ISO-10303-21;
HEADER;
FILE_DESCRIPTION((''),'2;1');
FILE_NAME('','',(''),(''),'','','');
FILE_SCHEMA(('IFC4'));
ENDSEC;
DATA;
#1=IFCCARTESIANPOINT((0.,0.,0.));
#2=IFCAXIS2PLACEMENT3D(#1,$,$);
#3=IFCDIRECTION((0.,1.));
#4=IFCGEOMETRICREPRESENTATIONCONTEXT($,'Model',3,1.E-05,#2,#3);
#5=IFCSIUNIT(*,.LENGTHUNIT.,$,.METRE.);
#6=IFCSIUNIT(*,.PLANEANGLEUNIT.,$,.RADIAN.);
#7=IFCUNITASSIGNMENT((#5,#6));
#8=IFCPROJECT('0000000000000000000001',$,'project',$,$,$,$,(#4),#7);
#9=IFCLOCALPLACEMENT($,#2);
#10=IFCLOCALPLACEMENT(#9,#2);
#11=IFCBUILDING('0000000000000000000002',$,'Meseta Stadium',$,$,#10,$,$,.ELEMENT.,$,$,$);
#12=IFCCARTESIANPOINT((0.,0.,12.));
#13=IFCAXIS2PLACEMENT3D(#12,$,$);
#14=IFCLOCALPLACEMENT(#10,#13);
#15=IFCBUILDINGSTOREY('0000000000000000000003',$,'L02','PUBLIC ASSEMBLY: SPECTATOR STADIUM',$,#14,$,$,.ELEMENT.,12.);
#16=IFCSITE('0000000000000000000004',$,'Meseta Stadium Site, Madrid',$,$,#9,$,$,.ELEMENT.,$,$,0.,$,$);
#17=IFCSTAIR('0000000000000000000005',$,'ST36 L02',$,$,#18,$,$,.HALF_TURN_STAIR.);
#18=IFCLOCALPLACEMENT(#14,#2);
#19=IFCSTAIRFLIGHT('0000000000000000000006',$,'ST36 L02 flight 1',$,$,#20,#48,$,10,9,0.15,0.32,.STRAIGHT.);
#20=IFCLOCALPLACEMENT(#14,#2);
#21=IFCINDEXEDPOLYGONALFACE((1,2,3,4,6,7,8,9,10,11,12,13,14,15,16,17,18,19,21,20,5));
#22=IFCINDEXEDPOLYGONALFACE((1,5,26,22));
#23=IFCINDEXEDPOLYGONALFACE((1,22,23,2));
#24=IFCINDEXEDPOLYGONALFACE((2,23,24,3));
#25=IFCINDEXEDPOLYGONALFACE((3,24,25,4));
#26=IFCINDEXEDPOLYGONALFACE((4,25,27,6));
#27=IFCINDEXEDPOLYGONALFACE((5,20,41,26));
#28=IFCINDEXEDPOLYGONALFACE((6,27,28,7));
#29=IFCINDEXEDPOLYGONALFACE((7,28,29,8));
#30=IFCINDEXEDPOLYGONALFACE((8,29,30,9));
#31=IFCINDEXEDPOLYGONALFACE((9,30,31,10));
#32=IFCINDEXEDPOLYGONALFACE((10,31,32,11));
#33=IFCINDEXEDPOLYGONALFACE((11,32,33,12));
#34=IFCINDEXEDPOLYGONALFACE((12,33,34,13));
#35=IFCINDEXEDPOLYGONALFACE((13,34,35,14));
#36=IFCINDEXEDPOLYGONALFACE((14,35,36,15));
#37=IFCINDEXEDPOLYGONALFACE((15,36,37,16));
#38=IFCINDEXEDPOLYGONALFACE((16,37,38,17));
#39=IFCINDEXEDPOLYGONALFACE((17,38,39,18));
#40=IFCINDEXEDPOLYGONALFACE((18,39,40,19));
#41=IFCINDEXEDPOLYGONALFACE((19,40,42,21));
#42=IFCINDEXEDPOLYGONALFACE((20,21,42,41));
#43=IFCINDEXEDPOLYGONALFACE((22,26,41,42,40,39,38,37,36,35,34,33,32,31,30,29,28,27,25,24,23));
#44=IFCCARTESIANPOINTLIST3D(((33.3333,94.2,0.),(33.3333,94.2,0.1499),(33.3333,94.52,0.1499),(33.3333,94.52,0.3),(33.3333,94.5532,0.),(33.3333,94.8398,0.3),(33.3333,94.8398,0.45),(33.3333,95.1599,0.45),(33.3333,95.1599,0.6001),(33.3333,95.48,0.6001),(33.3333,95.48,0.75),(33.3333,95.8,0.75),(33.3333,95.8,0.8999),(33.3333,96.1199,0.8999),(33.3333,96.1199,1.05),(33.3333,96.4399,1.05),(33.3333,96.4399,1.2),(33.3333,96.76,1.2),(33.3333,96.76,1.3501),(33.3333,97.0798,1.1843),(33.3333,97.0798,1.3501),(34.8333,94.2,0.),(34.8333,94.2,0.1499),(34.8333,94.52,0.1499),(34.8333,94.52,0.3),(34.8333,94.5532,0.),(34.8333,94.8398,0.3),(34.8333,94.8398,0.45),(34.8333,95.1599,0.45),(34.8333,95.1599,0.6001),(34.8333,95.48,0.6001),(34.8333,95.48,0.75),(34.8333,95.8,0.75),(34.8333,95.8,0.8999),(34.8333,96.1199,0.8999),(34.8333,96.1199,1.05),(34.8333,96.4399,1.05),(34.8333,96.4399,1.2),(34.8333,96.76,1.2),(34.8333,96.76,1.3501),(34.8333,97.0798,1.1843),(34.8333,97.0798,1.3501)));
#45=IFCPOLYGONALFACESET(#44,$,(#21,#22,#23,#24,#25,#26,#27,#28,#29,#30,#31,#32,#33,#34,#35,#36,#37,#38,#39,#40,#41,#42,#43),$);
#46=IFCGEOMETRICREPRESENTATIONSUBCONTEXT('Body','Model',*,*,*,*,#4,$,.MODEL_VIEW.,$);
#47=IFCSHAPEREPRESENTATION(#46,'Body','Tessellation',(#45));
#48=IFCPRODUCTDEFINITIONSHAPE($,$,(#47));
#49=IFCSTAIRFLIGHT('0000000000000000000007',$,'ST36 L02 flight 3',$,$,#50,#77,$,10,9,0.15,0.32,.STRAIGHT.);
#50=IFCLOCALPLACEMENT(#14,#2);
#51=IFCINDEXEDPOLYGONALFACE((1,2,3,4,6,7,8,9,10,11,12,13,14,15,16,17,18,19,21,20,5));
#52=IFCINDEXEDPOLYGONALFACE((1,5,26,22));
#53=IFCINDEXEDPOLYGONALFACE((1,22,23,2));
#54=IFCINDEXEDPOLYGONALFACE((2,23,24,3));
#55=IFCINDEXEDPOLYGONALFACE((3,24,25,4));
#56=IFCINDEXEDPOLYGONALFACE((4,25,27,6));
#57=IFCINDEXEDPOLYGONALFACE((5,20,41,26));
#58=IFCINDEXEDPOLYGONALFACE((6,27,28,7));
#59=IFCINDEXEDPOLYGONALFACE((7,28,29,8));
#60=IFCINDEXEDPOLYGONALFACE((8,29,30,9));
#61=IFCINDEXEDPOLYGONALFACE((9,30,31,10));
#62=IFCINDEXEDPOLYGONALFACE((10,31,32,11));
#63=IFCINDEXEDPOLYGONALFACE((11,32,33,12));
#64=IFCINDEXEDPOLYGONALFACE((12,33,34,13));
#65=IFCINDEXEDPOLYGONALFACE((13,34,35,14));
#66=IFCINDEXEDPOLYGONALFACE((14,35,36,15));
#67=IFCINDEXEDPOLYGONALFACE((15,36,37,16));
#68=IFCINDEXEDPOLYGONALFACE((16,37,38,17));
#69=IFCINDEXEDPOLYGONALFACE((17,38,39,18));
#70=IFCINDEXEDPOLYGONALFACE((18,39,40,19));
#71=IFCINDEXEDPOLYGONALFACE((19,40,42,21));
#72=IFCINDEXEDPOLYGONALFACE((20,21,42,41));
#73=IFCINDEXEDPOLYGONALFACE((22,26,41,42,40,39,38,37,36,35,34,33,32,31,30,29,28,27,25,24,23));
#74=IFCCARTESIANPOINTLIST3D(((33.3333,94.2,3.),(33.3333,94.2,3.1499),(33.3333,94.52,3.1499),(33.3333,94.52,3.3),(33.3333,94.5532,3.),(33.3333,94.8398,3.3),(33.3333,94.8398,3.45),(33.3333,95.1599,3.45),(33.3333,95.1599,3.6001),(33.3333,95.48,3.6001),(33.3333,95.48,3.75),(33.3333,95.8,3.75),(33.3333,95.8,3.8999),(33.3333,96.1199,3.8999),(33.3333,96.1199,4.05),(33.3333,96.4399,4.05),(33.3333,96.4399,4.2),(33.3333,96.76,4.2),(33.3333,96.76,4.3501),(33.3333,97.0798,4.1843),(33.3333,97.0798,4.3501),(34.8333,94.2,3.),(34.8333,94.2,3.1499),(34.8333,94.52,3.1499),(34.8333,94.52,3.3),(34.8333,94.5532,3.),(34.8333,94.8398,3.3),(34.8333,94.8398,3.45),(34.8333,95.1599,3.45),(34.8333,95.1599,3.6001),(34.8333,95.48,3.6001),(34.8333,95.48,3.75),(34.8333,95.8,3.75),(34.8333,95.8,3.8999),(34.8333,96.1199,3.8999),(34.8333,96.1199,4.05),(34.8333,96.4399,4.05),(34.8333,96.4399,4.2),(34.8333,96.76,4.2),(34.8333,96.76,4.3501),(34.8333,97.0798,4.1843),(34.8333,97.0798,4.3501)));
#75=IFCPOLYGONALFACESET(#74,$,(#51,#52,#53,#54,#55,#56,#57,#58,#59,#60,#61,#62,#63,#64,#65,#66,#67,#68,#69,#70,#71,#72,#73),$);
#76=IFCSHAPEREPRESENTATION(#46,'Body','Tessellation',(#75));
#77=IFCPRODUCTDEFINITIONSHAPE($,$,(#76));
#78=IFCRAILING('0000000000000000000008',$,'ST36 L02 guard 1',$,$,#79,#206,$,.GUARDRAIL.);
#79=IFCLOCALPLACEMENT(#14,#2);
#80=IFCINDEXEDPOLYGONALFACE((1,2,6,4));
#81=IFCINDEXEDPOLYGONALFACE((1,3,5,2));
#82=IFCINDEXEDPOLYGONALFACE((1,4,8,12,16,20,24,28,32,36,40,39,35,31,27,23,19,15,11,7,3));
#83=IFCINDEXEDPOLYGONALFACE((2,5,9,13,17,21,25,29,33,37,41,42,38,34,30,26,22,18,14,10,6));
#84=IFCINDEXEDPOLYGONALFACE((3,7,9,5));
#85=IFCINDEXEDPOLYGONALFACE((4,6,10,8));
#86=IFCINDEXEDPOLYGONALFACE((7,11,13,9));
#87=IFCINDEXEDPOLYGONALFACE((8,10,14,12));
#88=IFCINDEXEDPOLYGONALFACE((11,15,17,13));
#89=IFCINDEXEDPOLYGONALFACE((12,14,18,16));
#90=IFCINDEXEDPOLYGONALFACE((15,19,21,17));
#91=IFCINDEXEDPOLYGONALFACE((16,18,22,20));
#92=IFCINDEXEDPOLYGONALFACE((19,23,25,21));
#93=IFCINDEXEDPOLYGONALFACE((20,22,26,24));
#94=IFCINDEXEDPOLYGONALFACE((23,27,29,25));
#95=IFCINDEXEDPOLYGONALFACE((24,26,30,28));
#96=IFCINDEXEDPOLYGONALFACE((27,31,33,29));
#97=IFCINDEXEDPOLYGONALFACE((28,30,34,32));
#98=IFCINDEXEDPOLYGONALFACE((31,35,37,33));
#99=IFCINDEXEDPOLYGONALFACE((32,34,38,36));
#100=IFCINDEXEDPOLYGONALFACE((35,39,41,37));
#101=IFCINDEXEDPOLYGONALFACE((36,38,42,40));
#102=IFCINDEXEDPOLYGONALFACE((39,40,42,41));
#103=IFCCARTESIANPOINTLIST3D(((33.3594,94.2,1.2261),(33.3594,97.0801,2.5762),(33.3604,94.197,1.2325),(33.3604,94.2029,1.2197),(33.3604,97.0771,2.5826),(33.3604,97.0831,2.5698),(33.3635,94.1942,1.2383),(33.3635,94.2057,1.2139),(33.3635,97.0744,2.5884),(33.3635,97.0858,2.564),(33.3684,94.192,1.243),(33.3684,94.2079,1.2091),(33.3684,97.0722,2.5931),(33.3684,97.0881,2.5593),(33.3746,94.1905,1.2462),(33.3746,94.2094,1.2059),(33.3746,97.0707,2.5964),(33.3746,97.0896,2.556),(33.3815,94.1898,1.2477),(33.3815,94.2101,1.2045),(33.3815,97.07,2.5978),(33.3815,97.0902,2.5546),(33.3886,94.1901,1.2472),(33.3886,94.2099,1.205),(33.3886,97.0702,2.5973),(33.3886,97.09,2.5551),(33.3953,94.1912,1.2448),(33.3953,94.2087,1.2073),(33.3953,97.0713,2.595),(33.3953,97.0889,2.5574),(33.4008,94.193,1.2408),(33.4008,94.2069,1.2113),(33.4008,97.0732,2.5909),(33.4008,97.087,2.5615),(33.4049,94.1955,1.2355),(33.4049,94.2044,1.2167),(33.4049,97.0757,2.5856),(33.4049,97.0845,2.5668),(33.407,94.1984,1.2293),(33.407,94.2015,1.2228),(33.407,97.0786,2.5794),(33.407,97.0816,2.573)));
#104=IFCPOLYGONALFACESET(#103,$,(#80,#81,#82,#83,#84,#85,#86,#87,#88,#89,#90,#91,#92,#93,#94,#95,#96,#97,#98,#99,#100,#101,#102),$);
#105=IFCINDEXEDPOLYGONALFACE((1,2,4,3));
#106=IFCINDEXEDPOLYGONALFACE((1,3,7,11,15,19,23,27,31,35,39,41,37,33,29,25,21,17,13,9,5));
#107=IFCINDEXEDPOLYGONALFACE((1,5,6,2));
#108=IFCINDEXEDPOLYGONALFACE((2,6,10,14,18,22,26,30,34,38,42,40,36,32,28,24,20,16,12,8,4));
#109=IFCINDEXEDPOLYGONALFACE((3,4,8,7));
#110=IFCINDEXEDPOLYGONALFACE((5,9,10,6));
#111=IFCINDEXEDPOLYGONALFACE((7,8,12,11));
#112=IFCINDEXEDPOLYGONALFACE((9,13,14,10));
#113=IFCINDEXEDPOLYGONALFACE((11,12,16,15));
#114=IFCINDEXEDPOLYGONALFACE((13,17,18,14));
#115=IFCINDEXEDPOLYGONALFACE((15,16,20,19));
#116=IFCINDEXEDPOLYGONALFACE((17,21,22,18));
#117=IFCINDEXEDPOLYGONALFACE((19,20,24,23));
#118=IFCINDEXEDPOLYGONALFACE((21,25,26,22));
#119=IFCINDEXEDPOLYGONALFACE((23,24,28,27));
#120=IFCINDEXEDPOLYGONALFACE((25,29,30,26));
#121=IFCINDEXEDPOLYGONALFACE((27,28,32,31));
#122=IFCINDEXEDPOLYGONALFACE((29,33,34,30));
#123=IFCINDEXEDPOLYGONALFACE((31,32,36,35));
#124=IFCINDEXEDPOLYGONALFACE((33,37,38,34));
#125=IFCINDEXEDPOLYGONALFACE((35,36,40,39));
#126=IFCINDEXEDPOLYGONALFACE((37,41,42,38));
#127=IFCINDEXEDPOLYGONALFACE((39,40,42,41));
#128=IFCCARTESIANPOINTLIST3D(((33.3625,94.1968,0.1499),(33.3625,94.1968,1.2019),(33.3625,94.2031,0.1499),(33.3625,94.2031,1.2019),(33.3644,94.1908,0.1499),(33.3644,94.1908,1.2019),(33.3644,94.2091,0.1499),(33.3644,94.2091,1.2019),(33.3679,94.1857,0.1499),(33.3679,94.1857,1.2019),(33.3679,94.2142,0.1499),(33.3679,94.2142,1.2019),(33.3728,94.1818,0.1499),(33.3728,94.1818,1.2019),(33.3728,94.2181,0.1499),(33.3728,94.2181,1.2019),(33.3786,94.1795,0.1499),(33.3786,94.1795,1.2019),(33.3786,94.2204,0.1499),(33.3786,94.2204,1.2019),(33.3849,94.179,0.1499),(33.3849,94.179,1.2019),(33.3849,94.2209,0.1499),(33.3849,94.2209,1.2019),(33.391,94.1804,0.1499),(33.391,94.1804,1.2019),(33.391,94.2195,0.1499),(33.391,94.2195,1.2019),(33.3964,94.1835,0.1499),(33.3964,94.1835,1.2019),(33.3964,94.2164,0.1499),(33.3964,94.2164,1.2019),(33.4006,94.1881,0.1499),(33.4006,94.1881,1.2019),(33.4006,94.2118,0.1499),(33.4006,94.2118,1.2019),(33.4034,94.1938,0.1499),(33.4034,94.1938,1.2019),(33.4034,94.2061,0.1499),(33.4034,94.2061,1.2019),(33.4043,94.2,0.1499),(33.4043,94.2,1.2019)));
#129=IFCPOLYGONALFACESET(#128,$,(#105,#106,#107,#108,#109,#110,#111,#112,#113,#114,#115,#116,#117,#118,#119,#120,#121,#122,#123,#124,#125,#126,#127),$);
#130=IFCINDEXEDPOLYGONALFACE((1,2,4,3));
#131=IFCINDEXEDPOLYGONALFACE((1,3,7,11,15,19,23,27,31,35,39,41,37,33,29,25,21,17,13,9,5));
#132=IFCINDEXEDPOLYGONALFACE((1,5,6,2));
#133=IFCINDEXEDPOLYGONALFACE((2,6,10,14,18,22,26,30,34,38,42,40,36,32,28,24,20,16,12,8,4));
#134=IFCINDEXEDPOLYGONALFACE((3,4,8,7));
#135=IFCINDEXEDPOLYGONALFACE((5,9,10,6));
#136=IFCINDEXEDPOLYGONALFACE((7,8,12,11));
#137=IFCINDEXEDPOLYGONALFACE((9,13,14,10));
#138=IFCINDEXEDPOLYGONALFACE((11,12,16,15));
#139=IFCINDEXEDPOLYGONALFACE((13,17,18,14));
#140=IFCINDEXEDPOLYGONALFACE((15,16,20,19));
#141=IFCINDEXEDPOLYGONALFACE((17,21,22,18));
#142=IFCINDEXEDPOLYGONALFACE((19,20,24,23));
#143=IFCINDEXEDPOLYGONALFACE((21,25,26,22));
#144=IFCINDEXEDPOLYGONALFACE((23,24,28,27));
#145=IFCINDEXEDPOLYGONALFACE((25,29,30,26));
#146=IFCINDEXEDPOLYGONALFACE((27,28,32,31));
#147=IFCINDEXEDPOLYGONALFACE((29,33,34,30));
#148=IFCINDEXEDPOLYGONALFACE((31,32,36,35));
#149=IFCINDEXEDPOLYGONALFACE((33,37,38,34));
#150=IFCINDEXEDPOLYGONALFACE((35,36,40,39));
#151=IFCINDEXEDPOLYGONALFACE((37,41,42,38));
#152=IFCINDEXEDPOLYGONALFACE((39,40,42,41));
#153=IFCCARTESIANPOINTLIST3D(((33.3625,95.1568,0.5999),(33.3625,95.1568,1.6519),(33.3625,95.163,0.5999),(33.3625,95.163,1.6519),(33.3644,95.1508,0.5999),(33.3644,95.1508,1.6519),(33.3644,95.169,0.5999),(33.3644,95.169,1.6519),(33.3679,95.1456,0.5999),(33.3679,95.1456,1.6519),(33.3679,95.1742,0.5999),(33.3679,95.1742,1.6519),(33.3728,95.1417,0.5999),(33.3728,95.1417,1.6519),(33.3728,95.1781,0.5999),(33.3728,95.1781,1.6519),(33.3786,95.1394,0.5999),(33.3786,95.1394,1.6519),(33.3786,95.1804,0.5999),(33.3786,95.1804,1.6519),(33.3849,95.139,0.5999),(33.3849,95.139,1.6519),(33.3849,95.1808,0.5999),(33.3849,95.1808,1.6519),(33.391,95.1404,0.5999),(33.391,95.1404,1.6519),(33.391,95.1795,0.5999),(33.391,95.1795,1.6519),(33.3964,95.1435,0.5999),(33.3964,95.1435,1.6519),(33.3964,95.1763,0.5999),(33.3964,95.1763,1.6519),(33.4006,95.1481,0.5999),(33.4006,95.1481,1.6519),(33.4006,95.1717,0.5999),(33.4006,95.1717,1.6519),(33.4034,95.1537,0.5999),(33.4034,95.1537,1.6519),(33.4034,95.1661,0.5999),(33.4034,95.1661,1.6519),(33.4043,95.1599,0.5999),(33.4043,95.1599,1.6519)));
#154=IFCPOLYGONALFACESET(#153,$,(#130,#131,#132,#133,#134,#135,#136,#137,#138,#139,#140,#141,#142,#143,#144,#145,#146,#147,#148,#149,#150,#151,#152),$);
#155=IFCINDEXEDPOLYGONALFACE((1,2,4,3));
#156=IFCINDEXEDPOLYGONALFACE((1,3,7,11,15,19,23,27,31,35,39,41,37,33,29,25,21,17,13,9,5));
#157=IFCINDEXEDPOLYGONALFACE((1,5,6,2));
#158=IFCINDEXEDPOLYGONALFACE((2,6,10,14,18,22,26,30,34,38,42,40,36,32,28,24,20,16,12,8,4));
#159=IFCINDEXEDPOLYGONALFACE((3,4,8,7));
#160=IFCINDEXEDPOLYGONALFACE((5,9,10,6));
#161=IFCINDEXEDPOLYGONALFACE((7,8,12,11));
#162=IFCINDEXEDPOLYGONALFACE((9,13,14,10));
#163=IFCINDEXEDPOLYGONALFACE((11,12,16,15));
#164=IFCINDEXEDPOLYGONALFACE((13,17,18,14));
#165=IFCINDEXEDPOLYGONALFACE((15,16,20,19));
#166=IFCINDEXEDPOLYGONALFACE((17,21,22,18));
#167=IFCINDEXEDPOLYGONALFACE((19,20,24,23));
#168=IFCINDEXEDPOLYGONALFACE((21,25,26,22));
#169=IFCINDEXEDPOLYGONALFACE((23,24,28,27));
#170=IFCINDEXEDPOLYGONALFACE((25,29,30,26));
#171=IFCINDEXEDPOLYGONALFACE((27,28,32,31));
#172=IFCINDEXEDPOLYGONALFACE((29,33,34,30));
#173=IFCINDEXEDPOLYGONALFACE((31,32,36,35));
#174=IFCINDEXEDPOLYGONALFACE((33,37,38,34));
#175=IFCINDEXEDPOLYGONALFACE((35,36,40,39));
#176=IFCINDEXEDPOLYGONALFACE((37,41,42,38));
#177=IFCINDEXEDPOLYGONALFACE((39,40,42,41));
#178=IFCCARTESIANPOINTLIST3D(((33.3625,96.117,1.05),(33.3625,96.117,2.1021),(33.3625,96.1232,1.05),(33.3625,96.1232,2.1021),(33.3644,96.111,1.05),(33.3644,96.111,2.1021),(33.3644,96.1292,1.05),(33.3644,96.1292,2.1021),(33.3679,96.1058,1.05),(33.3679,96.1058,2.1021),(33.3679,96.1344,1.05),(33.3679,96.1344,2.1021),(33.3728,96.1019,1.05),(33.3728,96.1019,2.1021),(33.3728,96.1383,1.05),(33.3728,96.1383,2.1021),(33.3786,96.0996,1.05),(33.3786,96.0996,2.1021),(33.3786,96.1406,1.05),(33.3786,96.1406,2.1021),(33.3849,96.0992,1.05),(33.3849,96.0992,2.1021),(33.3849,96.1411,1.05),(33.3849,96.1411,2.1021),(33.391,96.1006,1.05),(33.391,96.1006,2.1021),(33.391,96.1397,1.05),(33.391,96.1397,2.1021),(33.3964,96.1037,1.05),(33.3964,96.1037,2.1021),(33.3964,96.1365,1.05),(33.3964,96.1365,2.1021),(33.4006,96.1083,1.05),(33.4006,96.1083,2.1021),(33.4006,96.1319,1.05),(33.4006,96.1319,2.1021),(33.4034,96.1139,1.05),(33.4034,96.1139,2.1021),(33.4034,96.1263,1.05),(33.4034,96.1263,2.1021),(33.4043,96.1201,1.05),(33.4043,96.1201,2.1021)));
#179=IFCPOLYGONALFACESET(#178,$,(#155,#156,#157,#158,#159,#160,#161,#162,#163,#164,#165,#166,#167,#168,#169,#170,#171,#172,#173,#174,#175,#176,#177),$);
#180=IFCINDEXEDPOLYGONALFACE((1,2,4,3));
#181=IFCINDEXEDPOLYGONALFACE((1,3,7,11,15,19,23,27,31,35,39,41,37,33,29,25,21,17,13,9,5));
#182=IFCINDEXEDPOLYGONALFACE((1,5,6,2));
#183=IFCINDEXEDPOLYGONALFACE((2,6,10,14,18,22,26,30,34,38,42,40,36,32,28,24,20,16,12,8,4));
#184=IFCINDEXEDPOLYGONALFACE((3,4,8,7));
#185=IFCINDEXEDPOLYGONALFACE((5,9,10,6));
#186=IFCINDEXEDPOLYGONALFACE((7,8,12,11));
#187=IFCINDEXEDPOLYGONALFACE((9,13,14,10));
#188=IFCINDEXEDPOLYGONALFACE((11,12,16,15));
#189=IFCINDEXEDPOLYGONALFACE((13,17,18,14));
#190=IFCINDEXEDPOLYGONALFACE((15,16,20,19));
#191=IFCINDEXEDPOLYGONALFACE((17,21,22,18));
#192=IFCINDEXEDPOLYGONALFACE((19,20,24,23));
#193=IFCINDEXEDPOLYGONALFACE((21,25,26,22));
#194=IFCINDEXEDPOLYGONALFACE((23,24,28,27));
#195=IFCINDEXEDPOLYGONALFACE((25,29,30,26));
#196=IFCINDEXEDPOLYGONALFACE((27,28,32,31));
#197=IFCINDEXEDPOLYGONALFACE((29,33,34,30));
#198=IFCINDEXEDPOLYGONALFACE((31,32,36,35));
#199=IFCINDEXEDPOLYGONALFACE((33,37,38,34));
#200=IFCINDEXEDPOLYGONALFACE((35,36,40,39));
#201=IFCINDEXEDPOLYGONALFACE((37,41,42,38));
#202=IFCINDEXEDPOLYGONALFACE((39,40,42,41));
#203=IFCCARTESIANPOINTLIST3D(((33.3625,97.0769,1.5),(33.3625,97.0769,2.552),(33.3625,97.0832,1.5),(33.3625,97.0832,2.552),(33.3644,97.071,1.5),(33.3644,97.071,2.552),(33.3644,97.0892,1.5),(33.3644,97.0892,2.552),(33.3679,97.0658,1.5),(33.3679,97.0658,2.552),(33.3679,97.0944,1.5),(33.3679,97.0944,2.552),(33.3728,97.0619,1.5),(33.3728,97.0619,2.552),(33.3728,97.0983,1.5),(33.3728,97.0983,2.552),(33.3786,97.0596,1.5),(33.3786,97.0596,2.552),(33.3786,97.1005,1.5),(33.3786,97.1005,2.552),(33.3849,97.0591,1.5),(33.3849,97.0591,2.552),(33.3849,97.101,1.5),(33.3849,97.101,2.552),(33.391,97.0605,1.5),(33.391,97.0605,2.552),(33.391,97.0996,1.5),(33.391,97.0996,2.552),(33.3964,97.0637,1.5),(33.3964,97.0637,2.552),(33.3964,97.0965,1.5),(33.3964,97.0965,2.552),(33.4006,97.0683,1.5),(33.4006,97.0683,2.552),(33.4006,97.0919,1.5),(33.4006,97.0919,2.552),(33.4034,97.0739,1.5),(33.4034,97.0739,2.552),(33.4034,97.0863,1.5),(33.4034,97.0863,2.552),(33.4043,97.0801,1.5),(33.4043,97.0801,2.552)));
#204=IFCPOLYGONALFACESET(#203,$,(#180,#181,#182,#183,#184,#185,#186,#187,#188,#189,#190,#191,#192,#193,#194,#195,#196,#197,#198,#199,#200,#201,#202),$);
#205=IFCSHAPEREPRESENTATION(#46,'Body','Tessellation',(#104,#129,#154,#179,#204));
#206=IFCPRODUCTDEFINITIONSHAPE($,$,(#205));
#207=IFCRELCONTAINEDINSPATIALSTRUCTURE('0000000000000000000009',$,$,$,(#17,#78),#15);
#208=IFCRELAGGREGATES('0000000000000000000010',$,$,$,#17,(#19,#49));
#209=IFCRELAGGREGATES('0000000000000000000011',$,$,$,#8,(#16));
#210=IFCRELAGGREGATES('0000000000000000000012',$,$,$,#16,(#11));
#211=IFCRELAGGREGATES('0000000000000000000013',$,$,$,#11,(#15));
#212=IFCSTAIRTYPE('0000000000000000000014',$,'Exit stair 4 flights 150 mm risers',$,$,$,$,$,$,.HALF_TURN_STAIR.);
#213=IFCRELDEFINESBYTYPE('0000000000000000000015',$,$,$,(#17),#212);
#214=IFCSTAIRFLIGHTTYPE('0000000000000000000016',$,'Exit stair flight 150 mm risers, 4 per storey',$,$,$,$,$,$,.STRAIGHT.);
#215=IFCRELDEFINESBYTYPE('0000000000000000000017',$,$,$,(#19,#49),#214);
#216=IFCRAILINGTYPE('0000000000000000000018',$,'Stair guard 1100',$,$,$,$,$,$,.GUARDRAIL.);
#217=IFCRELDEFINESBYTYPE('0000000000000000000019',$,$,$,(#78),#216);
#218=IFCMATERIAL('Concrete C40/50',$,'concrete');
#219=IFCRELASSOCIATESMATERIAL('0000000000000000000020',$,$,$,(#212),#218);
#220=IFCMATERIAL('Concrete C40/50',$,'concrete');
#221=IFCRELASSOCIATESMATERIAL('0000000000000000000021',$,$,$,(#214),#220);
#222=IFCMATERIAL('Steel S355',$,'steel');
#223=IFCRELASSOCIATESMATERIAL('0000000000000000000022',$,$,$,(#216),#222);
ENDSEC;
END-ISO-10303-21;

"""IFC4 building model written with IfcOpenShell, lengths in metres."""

from ifc_helpers import new_model, si_unit, direction, frame, origin, origin_2d, place, context, subcontext, project, spatial, polyline, circle, outline, extrude, material, type_object, element, aggregate, save


model = new_model("IFC4")

# Units and contexts
model_context = context("Model", 3, precision=1e-05, world=origin(), true_north=direction((0.0, 1.0)))
body_context = subcontext(model_context, "Body", "Model", "MODEL_VIEW")
ifc_project = project(units=[si_unit("LENGTHUNIT", "METRE"), si_unit("PLANEANGLEUNIT", "RADIAN")], contexts=[model_context])

# Site, building, storey
site_placement = place(None, origin())
site = spatial("IfcSite", under=ifc_project, at=site_placement, Name="Meseta Stadium Site, Madrid", CompositionType="ELEMENT", RefElevation=0.0)
building_placement = place(site_placement, origin())
building = spatial("IfcBuilding", under=site, at=building_placement, Name="Meseta Stadium", CompositionType="ELEMENT")
storey_placement = place(building_placement, frame((0.0, 0.0, 12.0)))
storey = spatial("IfcBuildingStorey", under=building, at=storey_placement, Name="L02", Description="PUBLIC ASSEMBLY: SPECTATOR STADIUM", CompositionType="ELEMENT", Elevation=12.0)

# Stair, stair flights
ifc_material_1 = material(Name="Concrete C40/50", Category="concrete")
stair_type = type_object("IfcStairType", Name="Exit stair 4 flights 150 mm risers", PredefinedType="HALF_TURN_STAIR", material=ifc_material_1)
stair_placement = place(storey_placement, origin())
stair = element("IfcStair", 1, at=stair_placement, inside=storey, type_object=stair_type, Name="ST36 L02", PredefinedType="HALF_TURN_STAIR")
ifc_material_2 = material(Name="Concrete C40/50", Category="concrete")
stair_flight_type = type_object("IfcStairFlightType", Name="Exit stair flight 150 mm risers, 4 per storey", PredefinedType="STRAIGHT", material=ifc_material_2)
stair_flight_1_placement = place(storey_placement, frame((34.0833, 94.2, 0.0), z_axis=(0.0, 0.0, 1.0), x_axis=(0.0, 1.0, 0.0)))
stair_flight_1 = element("IfcStairFlight", 2, at=stair_flight_1_placement, type_object=stair_flight_type, Name="ST36 L02 flight 1", NumberOfRisers=10, NumberOfTreads=9, PredefinedType="STRAIGHT", RiserHeight=0.15, TreadLength=0.32, context=body_context, shape_type="SweptSolid", body=[
    extrude(outline(polyline([(0.0, 0.0), (0.0, 0.1499), (0.3201, 0.1499), (0.3201, 0.3), (0.6399, 0.3), (0.6399, 0.45), (0.96, 0.45), (0.96, 0.6001), (1.28, 0.6001), (1.28, 0.75), (1.6001, 0.75), (1.6001, 0.8999), (1.9199, 0.8999), (1.9199, 1.05), (2.24, 1.05), (2.24, 1.2), (2.5601, 1.2), (2.5601, 1.3501), (2.8799, 1.3501), (2.8799, 1.1843), (0.3533, 0.0), (0.0, 0.0)])), frame((0.0, 0.75, 0.0), z_axis=(0.0, -1.0, 0.0), x_axis=(1.0, 0.0, 0.0)), (0.0, 0.0, 1.0), 1.5),
])
stair_flight_2_placement = place(storey_placement, frame((34.0833, 94.2, 3.0), z_axis=(0.0, 0.0, 1.0), x_axis=(0.0, 1.0, 0.0)))
stair_flight_2 = element("IfcStairFlight", 3, at=stair_flight_2_placement, type_object=stair_flight_type, Name="ST36 L02 flight 3", NumberOfRisers=10, NumberOfTreads=9, PredefinedType="STRAIGHT", RiserHeight=0.15, TreadLength=0.32, context=body_context, shape_type="SweptSolid", body=[
    extrude(outline(polyline([(0.0, 0.0), (0.0, 0.1499), (0.3201, 0.1499), (0.3201, 0.3), (0.6399, 0.3), (0.6399, 0.45), (0.96, 0.45), (0.96, 0.6001), (1.28, 0.6001), (1.28, 0.75), (1.6001, 0.75), (1.6001, 0.8999), (1.9199, 0.8999), (1.9199, 1.05), (2.24, 1.05), (2.24, 1.2), (2.5601, 1.2), (2.5601, 1.3501), (2.8799, 1.3501), (2.8799, 1.1843), (0.3533, 0.0), (0.0, 0.0)])), frame((0.0, 0.75, 0.0), z_axis=(0.0, -1.0, 0.0), x_axis=(1.0, 0.0, 0.0)), (0.0, 0.0, 1.0), 1.5),
])
aggregate(stair, [stair_flight_1, stair_flight_2])

# Railing
ifc_material_3 = material(Name="Steel S355", Category="steel")
railing_type_1 = type_object("IfcRailingType", Name="Stair guard 1100", PredefinedType="GUARDRAIL", material=ifc_material_3)
railing_1_placement = place(storey_placement, frame((33.3833, 94.2, 0.1499)))
element("IfcRailing", 4, at=railing_1_placement, inside=storey, type_object=railing_type_1, Name="ST36 L02 guard 1", PredefinedType="GUARDRAIL", context=body_context, shape_type="SweptSolid", body=[
    extrude(circle(Radius=0.0239, at=origin_2d()), frame((0.0, 0.0, 1.0762), z_axis=(0.0, 0.905454, 0.424444), x_axis=(-1.0, 0.0, 0.0)), (0.0, 0.0, 1.0), 3.1809),
    extrude(circle(Radius=0.021, at=origin_2d()), origin(), (0.0, 0.0, 1.0), 1.052),
    extrude(circle(Radius=0.021, at=origin_2d()), frame((0.0, 0.96, 0.45)), (0.0, 0.0, 1.0), 1.052),
    extrude(circle(Radius=0.021, at=origin_2d()), frame((0.0, 1.9202, 0.9001)), (0.0, 0.0, 1.0), 1.052),
    extrude(circle(Radius=0.021, at=origin_2d()), frame((0.0, 2.8801, 1.3501)), (0.0, 0.0, 1.0), 1.052),
])

save(model, "model.ifc")
